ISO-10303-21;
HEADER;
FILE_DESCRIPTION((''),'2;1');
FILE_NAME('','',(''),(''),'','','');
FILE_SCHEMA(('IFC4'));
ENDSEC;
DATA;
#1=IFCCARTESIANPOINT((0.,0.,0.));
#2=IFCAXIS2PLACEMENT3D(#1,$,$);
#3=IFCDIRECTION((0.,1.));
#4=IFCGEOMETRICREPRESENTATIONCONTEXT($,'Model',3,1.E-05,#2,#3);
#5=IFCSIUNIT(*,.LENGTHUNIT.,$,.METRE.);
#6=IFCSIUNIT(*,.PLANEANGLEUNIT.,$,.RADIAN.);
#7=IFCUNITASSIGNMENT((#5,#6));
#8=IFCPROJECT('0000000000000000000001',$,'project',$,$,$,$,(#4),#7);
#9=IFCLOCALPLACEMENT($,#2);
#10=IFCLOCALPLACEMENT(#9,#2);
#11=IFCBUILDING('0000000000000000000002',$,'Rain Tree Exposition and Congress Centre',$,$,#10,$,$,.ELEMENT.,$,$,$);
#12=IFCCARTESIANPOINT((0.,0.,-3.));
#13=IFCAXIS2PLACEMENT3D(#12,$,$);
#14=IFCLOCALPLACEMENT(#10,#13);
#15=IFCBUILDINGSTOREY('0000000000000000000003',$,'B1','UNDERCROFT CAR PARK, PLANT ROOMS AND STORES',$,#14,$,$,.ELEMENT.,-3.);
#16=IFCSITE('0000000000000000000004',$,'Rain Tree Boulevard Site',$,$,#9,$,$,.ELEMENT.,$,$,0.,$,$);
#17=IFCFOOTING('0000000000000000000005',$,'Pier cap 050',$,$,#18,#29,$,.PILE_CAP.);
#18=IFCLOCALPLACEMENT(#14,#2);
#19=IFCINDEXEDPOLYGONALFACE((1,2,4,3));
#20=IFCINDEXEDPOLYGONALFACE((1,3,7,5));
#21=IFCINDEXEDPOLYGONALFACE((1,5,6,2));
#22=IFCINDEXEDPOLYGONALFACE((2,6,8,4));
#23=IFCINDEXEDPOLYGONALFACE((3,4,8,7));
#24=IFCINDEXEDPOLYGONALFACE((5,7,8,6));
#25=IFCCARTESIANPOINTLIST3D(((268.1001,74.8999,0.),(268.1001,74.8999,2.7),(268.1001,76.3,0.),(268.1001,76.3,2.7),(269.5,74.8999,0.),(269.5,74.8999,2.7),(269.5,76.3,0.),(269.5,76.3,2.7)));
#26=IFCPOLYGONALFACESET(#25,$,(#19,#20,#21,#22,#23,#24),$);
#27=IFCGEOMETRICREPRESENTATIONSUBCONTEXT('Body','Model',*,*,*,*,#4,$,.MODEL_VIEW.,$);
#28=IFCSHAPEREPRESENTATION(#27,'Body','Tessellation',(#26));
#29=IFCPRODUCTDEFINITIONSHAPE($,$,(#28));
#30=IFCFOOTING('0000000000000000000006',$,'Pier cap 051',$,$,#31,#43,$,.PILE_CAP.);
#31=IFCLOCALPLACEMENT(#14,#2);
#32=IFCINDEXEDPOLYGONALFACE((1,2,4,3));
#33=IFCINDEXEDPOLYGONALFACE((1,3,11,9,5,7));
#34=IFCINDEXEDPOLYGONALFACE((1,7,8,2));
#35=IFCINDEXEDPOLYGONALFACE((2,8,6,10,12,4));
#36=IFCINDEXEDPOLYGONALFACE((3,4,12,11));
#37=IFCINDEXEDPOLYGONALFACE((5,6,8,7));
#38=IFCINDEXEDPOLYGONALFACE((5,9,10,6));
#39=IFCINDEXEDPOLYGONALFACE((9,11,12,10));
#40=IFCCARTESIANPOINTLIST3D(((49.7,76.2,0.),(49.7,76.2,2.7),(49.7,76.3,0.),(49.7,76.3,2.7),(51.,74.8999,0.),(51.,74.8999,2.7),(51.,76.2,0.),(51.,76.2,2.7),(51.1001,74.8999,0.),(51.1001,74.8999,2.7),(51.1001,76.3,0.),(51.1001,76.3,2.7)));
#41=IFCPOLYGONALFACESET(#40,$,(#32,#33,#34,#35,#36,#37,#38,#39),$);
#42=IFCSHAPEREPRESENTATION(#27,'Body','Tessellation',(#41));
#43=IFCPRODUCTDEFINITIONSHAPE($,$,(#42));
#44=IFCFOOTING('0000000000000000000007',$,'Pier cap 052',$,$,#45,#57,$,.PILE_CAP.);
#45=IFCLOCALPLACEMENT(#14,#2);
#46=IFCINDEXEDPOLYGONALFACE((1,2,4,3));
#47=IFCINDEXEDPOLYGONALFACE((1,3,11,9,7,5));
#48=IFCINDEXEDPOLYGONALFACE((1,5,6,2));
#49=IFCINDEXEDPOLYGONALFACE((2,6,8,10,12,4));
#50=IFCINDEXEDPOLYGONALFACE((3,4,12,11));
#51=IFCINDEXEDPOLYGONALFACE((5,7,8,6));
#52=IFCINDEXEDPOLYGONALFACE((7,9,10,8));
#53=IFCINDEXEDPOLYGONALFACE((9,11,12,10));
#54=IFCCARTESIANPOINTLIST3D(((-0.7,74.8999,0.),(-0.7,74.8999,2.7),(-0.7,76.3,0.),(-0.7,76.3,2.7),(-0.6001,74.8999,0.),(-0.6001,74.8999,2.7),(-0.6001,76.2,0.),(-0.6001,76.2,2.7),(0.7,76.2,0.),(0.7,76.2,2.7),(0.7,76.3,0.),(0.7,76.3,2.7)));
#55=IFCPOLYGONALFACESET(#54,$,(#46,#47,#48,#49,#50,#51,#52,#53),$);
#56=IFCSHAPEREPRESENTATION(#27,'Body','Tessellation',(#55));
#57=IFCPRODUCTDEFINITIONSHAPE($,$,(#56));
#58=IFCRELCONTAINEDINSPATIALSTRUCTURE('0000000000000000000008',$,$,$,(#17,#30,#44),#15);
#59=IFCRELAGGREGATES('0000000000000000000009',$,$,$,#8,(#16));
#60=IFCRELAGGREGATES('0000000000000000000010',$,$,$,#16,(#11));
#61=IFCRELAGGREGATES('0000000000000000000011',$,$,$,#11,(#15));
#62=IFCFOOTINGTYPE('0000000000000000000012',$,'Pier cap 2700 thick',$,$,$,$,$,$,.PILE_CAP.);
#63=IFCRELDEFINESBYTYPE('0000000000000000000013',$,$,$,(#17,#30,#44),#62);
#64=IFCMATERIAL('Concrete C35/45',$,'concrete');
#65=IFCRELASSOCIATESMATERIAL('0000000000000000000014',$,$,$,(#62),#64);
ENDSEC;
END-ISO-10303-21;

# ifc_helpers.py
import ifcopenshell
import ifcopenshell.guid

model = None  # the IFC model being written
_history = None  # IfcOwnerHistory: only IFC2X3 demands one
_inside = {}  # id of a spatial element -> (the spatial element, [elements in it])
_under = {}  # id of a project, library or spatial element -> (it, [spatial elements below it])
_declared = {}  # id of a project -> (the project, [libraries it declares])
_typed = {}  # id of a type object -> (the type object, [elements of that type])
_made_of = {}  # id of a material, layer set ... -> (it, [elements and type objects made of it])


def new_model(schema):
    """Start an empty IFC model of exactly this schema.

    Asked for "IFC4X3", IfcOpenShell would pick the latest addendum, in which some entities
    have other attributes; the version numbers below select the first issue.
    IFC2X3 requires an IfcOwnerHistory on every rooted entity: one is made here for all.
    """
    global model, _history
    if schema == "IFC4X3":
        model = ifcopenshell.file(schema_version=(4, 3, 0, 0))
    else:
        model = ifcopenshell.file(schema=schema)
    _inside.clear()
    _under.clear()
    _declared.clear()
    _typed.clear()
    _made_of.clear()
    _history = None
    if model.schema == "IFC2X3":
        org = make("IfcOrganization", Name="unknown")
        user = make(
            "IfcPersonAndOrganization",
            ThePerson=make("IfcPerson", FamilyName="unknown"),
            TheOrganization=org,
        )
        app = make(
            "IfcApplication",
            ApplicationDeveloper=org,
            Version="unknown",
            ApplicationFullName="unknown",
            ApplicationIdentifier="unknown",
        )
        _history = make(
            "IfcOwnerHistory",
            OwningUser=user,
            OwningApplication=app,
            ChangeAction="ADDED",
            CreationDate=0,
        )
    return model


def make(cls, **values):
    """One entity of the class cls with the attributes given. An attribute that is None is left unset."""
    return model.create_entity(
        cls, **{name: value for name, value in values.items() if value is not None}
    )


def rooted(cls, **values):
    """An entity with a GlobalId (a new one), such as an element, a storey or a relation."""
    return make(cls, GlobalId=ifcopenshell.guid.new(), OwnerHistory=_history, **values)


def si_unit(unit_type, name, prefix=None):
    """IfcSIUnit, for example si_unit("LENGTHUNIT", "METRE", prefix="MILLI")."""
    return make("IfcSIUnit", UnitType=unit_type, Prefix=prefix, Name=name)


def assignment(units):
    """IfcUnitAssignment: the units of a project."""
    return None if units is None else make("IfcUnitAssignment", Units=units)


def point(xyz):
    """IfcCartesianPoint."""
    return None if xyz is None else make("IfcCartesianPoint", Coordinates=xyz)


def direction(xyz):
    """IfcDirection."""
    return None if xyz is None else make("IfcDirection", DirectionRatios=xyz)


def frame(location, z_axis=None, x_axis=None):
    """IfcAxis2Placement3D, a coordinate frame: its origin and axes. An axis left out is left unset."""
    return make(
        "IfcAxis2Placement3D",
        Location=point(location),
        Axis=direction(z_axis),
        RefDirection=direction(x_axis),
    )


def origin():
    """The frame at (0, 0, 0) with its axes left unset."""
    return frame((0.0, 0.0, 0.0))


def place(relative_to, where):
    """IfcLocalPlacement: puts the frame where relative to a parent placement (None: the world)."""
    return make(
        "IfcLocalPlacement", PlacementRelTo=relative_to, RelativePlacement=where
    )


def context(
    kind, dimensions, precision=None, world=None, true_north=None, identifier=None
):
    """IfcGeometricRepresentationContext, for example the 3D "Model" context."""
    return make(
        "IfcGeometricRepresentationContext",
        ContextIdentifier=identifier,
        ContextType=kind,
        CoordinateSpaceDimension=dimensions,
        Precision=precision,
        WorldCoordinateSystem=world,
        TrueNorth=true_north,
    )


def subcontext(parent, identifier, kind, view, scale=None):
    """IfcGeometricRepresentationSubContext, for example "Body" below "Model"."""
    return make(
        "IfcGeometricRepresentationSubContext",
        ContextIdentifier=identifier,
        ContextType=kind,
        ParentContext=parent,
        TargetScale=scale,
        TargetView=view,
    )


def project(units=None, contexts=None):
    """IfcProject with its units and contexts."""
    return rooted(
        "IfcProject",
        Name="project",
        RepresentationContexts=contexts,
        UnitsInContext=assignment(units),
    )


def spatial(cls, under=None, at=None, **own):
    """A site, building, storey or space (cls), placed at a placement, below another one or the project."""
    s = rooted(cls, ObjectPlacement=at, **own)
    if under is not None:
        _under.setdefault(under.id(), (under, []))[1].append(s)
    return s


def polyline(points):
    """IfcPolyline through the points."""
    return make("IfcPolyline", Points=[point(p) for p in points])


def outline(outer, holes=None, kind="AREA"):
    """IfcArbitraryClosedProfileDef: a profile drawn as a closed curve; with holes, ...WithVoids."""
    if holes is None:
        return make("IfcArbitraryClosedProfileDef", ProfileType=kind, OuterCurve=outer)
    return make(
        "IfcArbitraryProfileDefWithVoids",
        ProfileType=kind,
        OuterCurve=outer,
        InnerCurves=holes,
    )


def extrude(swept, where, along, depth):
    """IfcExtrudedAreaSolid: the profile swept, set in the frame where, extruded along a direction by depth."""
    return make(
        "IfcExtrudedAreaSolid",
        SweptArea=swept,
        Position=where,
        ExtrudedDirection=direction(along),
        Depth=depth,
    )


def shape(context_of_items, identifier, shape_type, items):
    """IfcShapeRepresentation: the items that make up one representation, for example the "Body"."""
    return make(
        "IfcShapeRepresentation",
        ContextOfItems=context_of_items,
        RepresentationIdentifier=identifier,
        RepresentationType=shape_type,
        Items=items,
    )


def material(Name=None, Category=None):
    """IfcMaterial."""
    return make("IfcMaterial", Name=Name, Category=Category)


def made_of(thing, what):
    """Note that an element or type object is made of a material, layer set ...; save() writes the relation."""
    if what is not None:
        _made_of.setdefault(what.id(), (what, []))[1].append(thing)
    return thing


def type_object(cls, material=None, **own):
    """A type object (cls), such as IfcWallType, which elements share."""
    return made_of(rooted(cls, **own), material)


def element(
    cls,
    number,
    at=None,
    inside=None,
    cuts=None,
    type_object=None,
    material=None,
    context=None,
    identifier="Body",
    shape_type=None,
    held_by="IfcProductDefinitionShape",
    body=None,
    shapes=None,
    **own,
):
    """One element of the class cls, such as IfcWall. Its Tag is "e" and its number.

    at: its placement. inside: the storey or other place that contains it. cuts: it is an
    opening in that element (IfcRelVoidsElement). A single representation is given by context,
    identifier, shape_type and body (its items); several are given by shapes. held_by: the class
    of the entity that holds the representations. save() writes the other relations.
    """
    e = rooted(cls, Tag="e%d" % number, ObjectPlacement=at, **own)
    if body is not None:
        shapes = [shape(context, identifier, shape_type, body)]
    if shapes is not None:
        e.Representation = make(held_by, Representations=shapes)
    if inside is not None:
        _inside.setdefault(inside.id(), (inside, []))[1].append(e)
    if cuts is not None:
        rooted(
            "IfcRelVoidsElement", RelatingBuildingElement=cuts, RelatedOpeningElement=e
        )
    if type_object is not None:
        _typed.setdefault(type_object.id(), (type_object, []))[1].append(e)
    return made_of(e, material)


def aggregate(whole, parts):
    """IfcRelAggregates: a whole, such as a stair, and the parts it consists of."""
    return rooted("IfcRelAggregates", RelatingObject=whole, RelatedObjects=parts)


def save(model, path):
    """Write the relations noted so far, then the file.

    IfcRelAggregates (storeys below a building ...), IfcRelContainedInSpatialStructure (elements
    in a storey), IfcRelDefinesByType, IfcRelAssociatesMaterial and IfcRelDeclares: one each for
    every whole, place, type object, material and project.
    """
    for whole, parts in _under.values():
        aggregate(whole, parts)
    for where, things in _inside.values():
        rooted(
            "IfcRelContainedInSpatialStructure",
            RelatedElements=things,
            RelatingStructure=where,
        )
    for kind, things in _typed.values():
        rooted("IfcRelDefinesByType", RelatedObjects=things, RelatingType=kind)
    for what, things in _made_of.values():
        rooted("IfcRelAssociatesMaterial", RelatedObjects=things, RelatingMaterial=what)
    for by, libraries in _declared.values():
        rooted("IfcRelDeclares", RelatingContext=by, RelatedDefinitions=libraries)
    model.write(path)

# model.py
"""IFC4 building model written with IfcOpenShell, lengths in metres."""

from ifc_helpers import new_model, si_unit, direction, frame, origin, place, context, subcontext, project, spatial, polyline, outline, extrude, material, type_object, element, save


model = new_model("IFC4")

# Units and contexts
model_context = context("Model", 3, precision=1e-05, world=origin(), true_north=direction((0.0, 1.0)))
body_context = subcontext(model_context, "Body", "Model", "MODEL_VIEW")
ifc_project = project(units=[si_unit("LENGTHUNIT", "METRE"), si_unit("PLANEANGLEUNIT", "RADIAN")], contexts=[model_context])

# Site, building, storey
site_placement = place(None, origin())
site = spatial("IfcSite", under=ifc_project, at=site_placement, Name="Rain Tree Boulevard Site", CompositionType="ELEMENT", RefElevation=0.0)
building_placement = place(site_placement, origin())
building = spatial("IfcBuilding", under=site, at=building_placement, Name="Rain Tree Exposition and Congress Centre", CompositionType="ELEMENT")
storey_placement = place(building_placement, frame((0.0, 0.0, -3.0)))
storey = spatial("IfcBuildingStorey", under=building, at=storey_placement, Name="B1", Description="UNDERCROFT CAR PARK, PLANT ROOMS AND STORES", CompositionType="ELEMENT", Elevation=-3.0)

# Footings
ifc_material_1 = material(Name="Concrete C35/45", Category="concrete")
footing_type_1 = type_object("IfcFootingType", Name="Pier cap 2700 thick", PredefinedType="PILE_CAP", material=ifc_material_1)
footing_1_placement = place(storey_placement, origin())
element("IfcFooting", 1, at=footing_1_placement, inside=storey, type_object=footing_type_1, Name="Pier cap 050", PredefinedType="PILE_CAP", context=body_context, shape_type="SweptSolid", body=[
    extrude(outline(polyline([(268.1001, 76.3), (268.1001, 74.8999), (269.5, 74.8999), (269.5, 76.3), (268.1001, 76.3)])), origin(), (0.0, 0.0, 1.0), 2.7),
])
footing_2_placement = place(storey_placement, origin())
element("IfcFooting", 2, at=footing_2_placement, inside=storey, type_object=footing_type_1, Name="Pier cap 051", PredefinedType="PILE_CAP", context=body_context, shape_type="SweptSolid", body=[
    extrude(outline(polyline([(51.0, 74.8999), (51.1001, 74.8999), (51.1001, 76.3), (49.7, 76.3), (49.7, 76.2), (51.0, 76.2), (51.0, 74.8999)])), origin(), (0.0, 0.0, 1.0), 2.7),
])
footing_3_placement = place(storey_placement, origin())
element("IfcFooting", 3, at=footing_3_placement, inside=storey, type_object=footing_type_1, Name="Pier cap 052", PredefinedType="PILE_CAP", context=body_context, shape_type="SweptSolid", body=[
    extrude(outline(polyline([(-0.6001, 74.8999), (-0.6001, 76.2), (0.7, 76.2), (0.7, 76.3), (-0.7, 76.3), (-0.7, 74.8999), (-0.6001, 74.8999)])), origin(), (0.0, 0.0, 1.0), 2.7),
])

save(model, "model.ifc")
